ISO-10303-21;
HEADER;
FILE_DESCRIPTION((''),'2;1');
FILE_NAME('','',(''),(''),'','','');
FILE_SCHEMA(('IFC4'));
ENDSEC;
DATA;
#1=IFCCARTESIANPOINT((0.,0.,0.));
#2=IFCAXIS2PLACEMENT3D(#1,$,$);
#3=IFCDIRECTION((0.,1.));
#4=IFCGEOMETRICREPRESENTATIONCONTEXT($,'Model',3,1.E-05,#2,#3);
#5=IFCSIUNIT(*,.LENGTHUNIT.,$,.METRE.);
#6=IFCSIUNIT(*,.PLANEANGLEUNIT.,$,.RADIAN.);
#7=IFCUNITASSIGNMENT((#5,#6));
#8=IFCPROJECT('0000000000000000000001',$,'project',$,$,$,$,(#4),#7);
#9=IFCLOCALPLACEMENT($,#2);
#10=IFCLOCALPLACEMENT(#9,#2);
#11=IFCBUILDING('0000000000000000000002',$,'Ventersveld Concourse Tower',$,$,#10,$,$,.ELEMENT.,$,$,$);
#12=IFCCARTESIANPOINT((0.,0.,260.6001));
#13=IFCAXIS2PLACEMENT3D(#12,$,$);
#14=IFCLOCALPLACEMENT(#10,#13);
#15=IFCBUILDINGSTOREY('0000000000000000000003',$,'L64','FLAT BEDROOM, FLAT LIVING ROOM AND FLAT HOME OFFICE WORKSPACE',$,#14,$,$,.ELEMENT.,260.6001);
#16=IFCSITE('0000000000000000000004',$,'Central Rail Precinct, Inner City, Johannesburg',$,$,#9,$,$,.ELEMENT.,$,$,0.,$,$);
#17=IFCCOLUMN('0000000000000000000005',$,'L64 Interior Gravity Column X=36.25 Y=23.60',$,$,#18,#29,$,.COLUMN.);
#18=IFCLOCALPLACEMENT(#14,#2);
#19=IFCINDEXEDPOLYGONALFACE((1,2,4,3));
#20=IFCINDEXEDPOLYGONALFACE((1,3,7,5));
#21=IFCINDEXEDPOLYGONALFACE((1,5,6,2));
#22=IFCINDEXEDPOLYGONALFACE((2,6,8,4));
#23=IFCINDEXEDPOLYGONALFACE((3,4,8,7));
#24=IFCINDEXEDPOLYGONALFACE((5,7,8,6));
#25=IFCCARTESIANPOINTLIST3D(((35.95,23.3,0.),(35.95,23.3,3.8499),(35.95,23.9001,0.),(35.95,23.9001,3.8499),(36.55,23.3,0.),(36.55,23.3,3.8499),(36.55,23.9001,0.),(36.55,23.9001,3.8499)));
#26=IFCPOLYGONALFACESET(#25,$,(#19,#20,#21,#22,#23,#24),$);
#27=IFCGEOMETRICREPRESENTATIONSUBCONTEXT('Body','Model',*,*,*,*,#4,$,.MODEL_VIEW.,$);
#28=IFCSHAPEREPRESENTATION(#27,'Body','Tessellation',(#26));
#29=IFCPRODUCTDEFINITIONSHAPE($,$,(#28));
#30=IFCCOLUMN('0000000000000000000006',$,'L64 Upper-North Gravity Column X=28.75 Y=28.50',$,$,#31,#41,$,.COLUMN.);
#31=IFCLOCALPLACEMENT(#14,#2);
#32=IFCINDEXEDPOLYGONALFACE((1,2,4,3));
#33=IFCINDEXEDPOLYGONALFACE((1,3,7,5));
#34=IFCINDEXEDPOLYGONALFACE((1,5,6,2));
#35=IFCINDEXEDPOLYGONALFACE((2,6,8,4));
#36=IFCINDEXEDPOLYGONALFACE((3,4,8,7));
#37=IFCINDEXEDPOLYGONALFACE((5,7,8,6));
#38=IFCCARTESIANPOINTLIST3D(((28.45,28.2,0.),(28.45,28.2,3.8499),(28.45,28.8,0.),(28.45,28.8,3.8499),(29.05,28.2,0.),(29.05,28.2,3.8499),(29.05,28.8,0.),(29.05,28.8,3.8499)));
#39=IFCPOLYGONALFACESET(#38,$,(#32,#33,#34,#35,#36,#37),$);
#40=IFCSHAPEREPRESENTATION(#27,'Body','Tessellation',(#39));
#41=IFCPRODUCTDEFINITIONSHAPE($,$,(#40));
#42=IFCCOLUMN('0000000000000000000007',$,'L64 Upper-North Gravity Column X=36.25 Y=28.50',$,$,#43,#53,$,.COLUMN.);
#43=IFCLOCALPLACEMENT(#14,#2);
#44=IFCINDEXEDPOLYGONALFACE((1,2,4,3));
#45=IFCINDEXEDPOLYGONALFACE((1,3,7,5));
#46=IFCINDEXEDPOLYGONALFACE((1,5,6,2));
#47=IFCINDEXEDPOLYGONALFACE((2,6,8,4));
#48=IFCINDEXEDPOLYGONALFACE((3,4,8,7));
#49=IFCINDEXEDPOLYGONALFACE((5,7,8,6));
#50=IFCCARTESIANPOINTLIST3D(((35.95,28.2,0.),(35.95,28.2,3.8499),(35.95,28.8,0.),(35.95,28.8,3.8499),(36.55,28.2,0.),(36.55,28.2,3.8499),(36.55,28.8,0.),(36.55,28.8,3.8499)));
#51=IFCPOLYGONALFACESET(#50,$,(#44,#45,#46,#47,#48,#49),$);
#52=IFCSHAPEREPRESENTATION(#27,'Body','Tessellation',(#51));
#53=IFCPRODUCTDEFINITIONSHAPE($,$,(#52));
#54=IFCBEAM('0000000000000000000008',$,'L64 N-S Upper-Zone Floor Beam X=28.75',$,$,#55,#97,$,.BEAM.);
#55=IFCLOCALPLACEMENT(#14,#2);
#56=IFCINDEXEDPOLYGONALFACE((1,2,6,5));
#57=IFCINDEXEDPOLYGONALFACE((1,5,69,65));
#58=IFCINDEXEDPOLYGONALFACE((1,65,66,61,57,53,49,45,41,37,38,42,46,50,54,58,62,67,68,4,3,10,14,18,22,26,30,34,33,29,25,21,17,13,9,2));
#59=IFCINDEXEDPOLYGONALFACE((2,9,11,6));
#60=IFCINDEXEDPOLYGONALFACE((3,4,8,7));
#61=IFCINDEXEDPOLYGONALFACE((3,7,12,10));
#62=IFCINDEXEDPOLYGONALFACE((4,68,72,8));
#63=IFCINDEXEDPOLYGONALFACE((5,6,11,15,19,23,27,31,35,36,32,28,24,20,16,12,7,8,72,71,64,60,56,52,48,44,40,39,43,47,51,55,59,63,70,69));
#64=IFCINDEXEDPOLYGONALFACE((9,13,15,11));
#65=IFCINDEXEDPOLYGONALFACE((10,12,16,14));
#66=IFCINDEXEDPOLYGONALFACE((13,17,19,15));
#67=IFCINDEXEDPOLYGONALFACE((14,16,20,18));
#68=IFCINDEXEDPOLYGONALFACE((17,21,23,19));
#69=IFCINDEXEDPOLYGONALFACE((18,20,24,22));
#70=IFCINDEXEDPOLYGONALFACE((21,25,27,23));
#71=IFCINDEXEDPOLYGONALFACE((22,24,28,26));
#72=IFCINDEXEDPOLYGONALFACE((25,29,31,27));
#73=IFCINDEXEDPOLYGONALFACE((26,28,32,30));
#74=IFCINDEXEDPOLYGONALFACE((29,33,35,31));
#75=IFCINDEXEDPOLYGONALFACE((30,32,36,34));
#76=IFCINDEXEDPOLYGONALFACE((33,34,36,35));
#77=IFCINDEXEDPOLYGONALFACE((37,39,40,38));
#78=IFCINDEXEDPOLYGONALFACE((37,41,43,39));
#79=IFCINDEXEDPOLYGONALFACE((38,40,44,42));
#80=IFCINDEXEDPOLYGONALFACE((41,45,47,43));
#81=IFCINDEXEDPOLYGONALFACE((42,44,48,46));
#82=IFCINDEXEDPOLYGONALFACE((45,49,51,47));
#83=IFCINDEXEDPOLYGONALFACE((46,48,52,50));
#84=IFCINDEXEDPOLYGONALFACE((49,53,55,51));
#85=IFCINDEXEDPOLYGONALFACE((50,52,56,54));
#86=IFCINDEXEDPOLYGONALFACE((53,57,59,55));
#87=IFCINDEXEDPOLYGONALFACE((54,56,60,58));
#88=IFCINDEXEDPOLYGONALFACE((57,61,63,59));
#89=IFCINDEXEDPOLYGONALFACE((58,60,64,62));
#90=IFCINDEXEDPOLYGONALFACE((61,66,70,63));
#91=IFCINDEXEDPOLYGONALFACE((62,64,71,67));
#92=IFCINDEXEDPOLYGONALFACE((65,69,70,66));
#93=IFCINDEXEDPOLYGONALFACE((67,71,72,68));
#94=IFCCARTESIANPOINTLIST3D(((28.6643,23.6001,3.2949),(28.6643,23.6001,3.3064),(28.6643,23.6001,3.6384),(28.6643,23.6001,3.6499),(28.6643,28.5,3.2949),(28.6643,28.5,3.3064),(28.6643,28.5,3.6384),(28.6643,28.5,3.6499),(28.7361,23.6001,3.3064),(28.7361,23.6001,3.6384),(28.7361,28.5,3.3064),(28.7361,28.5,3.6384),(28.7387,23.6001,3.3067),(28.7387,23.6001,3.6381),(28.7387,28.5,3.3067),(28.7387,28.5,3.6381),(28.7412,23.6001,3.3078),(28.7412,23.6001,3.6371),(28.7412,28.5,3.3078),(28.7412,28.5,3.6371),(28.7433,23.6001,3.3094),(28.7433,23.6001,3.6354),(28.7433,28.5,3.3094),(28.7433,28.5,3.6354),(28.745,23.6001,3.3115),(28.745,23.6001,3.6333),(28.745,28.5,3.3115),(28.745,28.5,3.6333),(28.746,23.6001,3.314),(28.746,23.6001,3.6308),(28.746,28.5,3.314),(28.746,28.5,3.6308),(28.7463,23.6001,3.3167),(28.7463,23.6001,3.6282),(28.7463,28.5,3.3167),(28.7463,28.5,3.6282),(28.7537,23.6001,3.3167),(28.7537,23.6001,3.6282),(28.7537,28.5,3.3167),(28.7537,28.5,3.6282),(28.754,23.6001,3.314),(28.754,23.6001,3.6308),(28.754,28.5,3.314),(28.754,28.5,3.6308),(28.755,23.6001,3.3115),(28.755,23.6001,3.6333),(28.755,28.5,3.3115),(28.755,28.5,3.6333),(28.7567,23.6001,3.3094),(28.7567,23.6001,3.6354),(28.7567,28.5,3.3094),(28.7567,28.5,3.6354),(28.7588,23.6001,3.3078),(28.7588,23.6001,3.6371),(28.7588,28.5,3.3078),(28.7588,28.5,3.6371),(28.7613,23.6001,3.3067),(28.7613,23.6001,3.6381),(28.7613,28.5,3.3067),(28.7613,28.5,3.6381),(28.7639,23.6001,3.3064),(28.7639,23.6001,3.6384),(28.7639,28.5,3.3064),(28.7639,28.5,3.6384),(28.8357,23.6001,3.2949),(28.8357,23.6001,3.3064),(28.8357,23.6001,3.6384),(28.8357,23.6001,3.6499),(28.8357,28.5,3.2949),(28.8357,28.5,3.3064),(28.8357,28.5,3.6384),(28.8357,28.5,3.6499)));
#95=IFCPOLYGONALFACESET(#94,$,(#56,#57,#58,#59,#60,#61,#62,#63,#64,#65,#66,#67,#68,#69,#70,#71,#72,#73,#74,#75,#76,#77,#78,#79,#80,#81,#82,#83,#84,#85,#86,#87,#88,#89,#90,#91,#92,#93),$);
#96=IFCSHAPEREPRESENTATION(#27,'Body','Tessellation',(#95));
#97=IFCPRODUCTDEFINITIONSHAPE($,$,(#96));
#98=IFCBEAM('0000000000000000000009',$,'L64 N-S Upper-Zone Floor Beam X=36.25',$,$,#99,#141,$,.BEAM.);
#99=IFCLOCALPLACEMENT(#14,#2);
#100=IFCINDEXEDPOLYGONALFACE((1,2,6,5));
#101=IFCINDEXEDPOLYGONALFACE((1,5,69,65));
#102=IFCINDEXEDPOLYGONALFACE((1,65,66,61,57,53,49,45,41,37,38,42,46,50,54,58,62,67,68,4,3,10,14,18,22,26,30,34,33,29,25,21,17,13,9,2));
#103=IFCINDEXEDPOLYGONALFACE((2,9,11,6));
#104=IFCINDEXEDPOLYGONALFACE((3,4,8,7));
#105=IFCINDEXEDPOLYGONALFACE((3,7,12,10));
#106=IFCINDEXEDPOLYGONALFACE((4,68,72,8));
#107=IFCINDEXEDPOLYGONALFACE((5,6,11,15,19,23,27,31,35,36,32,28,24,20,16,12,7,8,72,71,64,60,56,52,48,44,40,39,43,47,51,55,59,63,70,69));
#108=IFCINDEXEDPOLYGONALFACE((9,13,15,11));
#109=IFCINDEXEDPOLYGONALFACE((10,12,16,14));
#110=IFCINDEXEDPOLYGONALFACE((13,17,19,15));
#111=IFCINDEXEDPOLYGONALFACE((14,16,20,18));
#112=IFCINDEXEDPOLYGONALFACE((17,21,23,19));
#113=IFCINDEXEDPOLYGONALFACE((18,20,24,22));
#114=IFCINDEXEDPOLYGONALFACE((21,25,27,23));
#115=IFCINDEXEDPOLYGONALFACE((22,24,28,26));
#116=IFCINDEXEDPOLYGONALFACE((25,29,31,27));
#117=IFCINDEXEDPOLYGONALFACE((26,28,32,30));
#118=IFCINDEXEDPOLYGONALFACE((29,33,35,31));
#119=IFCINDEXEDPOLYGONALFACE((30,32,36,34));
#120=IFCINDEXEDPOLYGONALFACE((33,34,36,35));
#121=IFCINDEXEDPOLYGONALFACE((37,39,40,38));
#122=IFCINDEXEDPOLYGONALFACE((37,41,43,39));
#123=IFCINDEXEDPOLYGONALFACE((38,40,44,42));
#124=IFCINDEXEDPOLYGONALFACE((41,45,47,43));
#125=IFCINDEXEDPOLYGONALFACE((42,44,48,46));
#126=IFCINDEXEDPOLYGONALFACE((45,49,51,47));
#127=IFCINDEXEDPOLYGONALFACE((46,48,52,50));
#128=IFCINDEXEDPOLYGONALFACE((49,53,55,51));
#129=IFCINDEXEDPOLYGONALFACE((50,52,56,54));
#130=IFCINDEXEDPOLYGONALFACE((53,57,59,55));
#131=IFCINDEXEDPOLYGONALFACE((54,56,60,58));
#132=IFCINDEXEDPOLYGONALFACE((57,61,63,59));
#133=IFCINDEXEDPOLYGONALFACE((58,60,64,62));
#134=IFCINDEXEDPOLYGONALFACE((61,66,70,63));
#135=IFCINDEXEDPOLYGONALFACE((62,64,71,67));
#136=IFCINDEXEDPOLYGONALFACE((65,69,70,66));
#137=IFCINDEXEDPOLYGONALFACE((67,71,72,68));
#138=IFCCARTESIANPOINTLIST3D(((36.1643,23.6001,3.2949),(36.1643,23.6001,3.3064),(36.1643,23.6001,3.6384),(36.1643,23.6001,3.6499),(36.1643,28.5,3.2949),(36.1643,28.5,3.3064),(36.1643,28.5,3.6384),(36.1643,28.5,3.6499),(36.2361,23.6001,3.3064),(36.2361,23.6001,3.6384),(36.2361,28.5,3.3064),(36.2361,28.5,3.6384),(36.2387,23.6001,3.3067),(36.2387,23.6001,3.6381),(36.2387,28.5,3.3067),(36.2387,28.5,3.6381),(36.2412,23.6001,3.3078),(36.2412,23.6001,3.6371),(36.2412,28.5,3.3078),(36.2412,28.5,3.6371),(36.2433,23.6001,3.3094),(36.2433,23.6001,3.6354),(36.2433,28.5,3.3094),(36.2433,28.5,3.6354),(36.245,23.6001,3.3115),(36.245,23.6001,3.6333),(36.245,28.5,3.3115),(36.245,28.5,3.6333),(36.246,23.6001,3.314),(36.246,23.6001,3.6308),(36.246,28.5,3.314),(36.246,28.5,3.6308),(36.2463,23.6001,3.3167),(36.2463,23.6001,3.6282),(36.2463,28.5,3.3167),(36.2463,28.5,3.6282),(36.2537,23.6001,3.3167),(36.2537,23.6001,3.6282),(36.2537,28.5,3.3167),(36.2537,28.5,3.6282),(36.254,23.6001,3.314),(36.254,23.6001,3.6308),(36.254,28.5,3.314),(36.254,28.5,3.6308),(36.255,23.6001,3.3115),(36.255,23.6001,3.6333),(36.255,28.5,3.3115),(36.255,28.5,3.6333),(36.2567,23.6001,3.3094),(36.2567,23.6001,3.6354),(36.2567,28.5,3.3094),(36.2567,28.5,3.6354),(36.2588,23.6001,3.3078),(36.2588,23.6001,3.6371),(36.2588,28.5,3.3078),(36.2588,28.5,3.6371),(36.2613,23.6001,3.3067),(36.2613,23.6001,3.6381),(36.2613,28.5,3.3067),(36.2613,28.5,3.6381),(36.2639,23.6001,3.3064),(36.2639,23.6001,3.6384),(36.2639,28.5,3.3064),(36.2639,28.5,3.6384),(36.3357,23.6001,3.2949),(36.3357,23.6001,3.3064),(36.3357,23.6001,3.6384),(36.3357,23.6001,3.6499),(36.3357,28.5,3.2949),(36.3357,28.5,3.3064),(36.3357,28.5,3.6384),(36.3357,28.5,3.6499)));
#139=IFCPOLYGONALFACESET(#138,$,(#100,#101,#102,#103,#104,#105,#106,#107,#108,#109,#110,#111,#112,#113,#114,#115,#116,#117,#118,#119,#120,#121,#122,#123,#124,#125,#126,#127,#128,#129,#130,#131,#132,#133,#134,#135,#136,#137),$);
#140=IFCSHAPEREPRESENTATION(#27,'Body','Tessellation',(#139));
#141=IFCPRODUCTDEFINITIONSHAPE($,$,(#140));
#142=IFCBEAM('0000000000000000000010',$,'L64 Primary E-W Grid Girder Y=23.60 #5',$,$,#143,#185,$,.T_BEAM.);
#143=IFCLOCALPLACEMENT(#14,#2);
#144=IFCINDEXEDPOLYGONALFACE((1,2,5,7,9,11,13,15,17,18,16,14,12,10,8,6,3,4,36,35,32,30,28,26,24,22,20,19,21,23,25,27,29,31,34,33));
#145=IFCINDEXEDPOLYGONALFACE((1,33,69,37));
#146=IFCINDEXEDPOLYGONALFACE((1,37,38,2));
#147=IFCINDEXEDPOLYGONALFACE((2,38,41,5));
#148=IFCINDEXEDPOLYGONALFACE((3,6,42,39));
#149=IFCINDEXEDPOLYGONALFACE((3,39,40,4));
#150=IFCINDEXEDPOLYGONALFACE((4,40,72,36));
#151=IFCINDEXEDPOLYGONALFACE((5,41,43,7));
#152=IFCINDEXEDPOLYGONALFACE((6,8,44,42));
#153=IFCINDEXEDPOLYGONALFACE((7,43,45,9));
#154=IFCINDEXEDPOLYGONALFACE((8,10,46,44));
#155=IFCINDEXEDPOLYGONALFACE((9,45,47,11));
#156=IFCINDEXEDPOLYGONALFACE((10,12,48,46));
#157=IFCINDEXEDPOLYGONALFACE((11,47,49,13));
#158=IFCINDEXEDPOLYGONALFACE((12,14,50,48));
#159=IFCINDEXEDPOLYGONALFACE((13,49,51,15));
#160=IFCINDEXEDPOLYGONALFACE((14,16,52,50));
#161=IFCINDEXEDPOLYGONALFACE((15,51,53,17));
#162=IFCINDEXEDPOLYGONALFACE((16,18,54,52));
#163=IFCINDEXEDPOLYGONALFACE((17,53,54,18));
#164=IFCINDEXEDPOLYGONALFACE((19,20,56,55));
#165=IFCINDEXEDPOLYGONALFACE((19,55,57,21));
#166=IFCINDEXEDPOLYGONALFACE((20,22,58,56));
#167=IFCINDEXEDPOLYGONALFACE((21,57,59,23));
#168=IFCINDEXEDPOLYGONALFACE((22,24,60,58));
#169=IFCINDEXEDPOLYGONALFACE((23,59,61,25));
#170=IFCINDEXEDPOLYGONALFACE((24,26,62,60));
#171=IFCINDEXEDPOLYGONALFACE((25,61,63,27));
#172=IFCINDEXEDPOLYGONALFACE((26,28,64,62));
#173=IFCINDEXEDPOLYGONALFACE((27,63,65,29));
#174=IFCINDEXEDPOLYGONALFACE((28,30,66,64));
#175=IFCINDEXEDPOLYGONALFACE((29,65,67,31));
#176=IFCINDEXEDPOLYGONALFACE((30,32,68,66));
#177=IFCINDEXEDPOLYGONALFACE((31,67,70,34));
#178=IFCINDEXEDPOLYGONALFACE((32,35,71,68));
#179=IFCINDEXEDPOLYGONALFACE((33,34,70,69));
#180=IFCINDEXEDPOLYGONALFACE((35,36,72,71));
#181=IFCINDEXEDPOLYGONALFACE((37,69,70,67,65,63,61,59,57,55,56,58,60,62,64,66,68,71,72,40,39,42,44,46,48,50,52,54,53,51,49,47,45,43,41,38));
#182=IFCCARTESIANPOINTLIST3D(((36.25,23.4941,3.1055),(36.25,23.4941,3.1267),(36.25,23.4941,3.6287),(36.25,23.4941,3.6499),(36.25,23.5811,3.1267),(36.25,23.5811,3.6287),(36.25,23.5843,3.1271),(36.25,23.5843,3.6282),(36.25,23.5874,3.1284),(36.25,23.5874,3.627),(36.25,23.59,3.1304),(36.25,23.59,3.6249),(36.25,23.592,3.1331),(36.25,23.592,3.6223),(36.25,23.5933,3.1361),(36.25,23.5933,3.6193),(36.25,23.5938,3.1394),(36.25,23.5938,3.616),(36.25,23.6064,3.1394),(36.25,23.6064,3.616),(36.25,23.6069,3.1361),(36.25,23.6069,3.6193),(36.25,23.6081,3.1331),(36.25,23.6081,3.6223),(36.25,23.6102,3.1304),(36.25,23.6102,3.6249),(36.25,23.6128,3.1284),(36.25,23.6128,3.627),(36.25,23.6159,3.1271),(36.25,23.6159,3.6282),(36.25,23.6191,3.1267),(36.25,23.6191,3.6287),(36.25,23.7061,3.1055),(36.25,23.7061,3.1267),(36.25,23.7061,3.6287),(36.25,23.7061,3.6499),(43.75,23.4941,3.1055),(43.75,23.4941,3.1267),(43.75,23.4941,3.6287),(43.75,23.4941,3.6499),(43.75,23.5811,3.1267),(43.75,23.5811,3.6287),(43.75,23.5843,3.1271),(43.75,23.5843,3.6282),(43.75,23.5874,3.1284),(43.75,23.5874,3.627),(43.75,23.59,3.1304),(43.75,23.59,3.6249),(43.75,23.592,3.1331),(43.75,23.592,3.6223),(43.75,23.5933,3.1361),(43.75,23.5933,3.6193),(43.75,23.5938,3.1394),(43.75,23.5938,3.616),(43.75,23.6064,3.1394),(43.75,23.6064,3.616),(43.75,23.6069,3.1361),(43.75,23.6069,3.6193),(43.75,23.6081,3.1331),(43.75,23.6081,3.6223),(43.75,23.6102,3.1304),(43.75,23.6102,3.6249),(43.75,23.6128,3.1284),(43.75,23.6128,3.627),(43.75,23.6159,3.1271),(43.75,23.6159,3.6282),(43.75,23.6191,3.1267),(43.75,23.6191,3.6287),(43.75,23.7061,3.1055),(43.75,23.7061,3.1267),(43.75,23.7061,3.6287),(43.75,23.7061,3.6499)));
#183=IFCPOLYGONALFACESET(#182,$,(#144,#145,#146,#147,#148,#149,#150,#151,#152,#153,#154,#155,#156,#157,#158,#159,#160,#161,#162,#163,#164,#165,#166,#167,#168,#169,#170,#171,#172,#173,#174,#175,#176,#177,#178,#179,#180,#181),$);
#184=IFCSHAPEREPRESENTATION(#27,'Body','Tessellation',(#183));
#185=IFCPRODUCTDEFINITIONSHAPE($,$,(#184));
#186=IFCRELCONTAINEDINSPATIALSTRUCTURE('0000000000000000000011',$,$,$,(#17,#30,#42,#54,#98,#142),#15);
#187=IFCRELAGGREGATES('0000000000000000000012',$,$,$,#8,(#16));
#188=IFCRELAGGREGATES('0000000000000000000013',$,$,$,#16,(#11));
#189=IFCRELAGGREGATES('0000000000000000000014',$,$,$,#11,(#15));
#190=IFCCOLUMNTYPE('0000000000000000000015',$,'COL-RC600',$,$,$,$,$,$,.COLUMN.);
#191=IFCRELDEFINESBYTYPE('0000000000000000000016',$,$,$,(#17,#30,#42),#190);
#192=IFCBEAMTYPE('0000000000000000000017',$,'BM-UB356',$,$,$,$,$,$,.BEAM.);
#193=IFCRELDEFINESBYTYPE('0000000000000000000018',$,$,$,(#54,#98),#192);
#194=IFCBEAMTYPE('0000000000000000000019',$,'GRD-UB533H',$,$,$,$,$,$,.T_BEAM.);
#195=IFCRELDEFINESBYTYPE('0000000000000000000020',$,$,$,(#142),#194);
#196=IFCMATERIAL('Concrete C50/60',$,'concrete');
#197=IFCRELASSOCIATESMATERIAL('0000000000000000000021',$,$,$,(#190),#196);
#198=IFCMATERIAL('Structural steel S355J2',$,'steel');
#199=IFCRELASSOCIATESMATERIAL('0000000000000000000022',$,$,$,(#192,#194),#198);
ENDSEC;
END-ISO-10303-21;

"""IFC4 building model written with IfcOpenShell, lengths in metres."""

from ifc_helpers import new_model, si_unit, direction, frame, origin, origin_2d, place, context, subcontext, project, spatial, rectangle, i_section, extrude, material, material_profile, profile_set, type_object, element, save


model = new_model("IFC4")

# Units and contexts
model_context = context("Model", 3, precision=1e-05, world=origin(), true_north=direction((0.0, 1.0)))
body_context = subcontext(model_context, "Body", "Model", "MODEL_VIEW")
ifc_project = project(units=[si_unit("LENGTHUNIT", "METRE"), si_unit("PLANEANGLEUNIT", "RADIAN")], contexts=[model_context])

# Site, building, storey
site_placement = place(None, origin())
site = spatial("IfcSite", under=ifc_project, at=site_placement, Name="Central Rail Precinct, Inner City, Johannesburg", CompositionType="ELEMENT", RefElevation=0.0)
building_placement = place(site_placement, origin())
building = spatial("IfcBuilding", under=site, at=building_placement, Name="Ventersveld Concourse Tower", CompositionType="ELEMENT")
storey_placement = place(building_placement, frame((0.0, 0.0, 260.6001)))
storey = spatial("IfcBuildingStorey", under=building, at=storey_placement, Name="L64", Description="FLAT BEDROOM, FLAT LIVING ROOM AND FLAT HOME OFFICE WORKSPACE", CompositionType="ELEMENT", Elevation=260.6001)

# Columns
ifc_material_1 = material(Name="Concrete C50/60", Category="concrete")
ifc_material_profile_1 = material_profile(ifc_material_1, rectangle(XDim=0.6001, YDim=0.6001, at=origin_2d()), Name="RC 600x600")
ifc_profile_set_1 = profile_set([ifc_material_profile_1], Name="Concrete C50/60")
column_type = type_object("IfcColumnType", Name="COL-RC600", PredefinedType="COLUMN", material=ifc_profile_set_1)
for number, where, z_axis, x_axis, name in (
    (1, (36.25, 23.6001, 0.0), (0.0, 0.0, 1.0), (1.0, 0.0, 0.0), "L64 Interior Gravity Column X=36.25 Y=23.60"),
    (2, (28.75, 28.5, 0.0), (0.0, 0.0, 1.0), (1.0, 0.0, 0.0), "L64 Upper-North Gravity Column X=28.75 Y=28.50"),
    (3, (36.25, 28.5, 0.0), (0.0, 0.0, 1.0), (1.0, 0.0, 0.0), "L64 Upper-North Gravity Column X=36.25 Y=28.50"),
):
    element("IfcColumn", number, at=place(storey_placement, frame(where, z_axis=z_axis, x_axis=x_axis)), inside=storey, type_object=column_type, Name=name, PredefinedType="COLUMN", context=body_context, shape_type="SweptSolid", body=[
        extrude(rectangle(XDim=0.6001, YDim=0.6001, at=origin_2d()), origin(), (0.0, 0.0, 1.0), 3.8499),
    ])

# Beams
ifc_material_2 = material(Name="Structural steel S355J2", Category="steel")
ifc_material_profile_2 = material_profile(ifc_material_2, i_section(OverallWidth=0.1714, OverallDepth=0.355, WebThickness=0.0073, FlangeThickness=0.0115, FilletRadius=0.0103, at=origin_2d()), Name="UB 356x171x51")
ifc_profile_set_2 = profile_set([ifc_material_profile_2], Name="Structural steel S355J2")
beam_type_1 = type_object("IfcBeamType", Name="BM-UB356", PredefinedType="BEAM", material=ifc_profile_set_2)
for number, where, z_axis, x_axis, name in (
    (4, (28.75, 23.6001, 3.4724), (0.0, 1.0, 0.0), (-1.0, 0.0, 0.0), "L64 N-S Upper-Zone Floor Beam X=28.75"),
    (5, (36.25, 23.6001, 3.4724), (0.0, 1.0, 0.0), (-1.0, 0.0, 0.0), "L64 N-S Upper-Zone Floor Beam X=36.25"),
):
    element("IfcBeam", number, at=place(storey_placement, frame(where, z_axis=z_axis, x_axis=x_axis)), inside=storey, type_object=beam_type_1, Name=name, PredefinedType="BEAM", context=body_context, shape_type="SweptSolid", body=[
        extrude(i_section(OverallWidth=0.1714, OverallDepth=0.355, WebThickness=0.0073, FlangeThickness=0.0115, FilletRadius=0.0103, at=origin_2d()), origin(), (0.0, 0.0, 1.0), 4.8999),
    ])
ifc_material_profile_3 = material_profile(ifc_material_2, i_section(OverallWidth=0.2119, OverallDepth=0.5444, WebThickness=0.0127, FlangeThickness=0.0212, FilletRadius=0.0127, at=origin_2d()), Name="UB 533x210x122")
ifc_profile_set_3 = profile_set([ifc_material_profile_3], Name="Structural steel S355J2")
beam_type_2 = type_object("IfcBeamType", Name="GRD-UB533H", PredefinedType="T_BEAM", material=ifc_profile_set_3)
for number, where, z_axis, x_axis, name in (
    (6, (36.25, 23.6001, 3.3777), (1.0, 0.0, 0.0), (0.0, 1.0, 0.0), "L64 Primary E-W Grid Girder Y=23.60 #5"),
):
    element("IfcBeam", number, at=place(storey_placement, frame(where, z_axis=z_axis, x_axis=x_axis)), inside=storey, type_object=beam_type_2, Name=name, PredefinedType="T_BEAM", context=body_context, shape_type="SweptSolid", body=[
        extrude(i_section(OverallWidth=0.2119, OverallDepth=0.5444, WebThickness=0.0127, FlangeThickness=0.0212, FilletRadius=0.0127, at=origin_2d()), origin(), (0.0, 0.0, 1.0), 7.5),
    ])

save(model, "model.ifc")
